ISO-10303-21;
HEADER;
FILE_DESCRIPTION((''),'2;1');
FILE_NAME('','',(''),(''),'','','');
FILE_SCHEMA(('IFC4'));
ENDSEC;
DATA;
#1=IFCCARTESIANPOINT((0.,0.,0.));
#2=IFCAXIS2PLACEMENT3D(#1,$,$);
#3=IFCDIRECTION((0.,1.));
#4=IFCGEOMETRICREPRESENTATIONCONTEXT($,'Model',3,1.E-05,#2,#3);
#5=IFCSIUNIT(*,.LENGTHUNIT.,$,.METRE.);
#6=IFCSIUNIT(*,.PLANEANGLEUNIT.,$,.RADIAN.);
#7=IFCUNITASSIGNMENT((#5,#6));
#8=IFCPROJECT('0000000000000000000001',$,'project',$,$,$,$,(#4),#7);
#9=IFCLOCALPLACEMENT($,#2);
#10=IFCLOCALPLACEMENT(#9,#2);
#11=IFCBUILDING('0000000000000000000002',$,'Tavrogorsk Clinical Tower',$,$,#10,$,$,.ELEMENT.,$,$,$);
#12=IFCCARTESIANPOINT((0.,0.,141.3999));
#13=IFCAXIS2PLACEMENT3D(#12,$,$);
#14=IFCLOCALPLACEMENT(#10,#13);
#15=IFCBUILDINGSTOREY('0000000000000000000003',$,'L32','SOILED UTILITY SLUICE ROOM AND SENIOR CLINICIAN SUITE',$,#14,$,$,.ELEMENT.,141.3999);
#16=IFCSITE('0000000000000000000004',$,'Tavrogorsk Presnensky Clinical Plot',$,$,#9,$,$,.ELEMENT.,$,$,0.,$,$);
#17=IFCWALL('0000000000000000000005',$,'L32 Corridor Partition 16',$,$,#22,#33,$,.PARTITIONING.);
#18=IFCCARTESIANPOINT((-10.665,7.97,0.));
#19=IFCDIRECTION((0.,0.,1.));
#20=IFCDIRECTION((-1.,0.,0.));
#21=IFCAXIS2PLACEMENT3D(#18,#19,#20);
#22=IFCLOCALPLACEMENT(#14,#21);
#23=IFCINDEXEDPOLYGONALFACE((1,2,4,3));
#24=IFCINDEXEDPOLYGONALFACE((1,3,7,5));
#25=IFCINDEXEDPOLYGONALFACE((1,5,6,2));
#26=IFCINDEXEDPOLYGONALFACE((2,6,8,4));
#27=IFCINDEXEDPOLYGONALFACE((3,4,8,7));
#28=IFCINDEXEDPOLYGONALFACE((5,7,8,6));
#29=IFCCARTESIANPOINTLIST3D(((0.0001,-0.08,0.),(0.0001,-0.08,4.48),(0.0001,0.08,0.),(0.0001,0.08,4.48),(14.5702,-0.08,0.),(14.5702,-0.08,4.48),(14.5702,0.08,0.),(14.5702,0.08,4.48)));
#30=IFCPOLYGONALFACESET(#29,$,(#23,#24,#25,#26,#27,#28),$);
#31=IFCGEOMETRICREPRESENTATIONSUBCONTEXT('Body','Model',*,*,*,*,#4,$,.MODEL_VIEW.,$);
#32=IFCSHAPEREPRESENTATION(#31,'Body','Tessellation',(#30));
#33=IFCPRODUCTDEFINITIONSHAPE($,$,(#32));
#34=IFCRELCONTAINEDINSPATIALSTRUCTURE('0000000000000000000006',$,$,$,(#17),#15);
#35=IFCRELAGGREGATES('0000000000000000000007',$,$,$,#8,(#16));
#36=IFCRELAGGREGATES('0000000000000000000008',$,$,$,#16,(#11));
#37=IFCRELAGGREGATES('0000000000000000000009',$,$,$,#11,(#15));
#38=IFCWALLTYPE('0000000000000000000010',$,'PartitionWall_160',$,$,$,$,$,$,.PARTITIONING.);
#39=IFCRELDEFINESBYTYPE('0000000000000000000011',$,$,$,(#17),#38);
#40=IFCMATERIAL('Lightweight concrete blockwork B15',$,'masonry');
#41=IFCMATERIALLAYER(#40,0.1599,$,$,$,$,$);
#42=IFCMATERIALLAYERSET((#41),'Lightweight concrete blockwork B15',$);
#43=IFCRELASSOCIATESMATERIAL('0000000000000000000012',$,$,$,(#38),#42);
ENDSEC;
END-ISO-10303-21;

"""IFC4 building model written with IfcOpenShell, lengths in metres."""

from ifc_helpers import new_model, si_unit, direction, frame, frame_2d, origin, place, context, subcontext, project, spatial, rectangle, extrude, material, layer, layer_set, type_object, element, save


model = new_model("IFC4")

# Units and contexts
model_context = context("Model", 3, precision=1e-05, world=origin(), true_north=direction((0.0, 1.0)))
body_context = subcontext(model_context, "Body", "Model", "MODEL_VIEW")
ifc_project = project(units=[si_unit("LENGTHUNIT", "METRE"), si_unit("PLANEANGLEUNIT", "RADIAN")], contexts=[model_context])

# Site, building, storey
site_placement = place(None, origin())
site = spatial("IfcSite", under=ifc_project, at=site_placement, Name="Tavrogorsk Presnensky Clinical Plot", CompositionType="ELEMENT", RefElevation=0.0)
building_placement = place(site_placement, origin())
building = spatial("IfcBuilding", under=site, at=building_placement, Name="Tavrogorsk Clinical Tower", CompositionType="ELEMENT")
storey_placement = place(building_placement, frame((0.0, 0.0, 141.3999)))
storey = spatial("IfcBuildingStorey", under=building, at=storey_placement, Name="L32", Description="SOILED UTILITY SLUICE ROOM AND SENIOR CLINICIAN SUITE", CompositionType="ELEMENT", Elevation=141.3999)

# Shared definitions
ifc_material_1 = material(Name="Lightweight concrete blockwork B15", Category="masonry")
ifc_layer_1 = layer(ifc_material_1, 0.1599)
ifc_layer_set_1 = layer_set([ifc_layer_1], Name="Lightweight concrete blockwork B15")
wall_type_1 = type_object("IfcWallType", Name="PartitionWall_160", PredefinedType="PARTITIONING", material=ifc_layer_set_1)

# Wall
wall_1_placement = place(storey_placement, frame((-10.665, 7.97, 0.0), z_axis=(0.0, 0.0, 1.0), x_axis=(-1.0, 0.0, 0.0)))
element("IfcWall", 1, at=wall_1_placement, inside=storey, type_object=wall_type_1, Name="L32 Corridor Partition 16", PredefinedType="PARTITIONING", context=body_context, shape_type="SweptSolid", body=[
    extrude(rectangle(XDim=14.5701, YDim=0.1599, at=frame_2d((7.2852, 0.0))), origin(), (0.0, 0.0, 1.0), 4.48),
])

save(model, "model.ifc")
